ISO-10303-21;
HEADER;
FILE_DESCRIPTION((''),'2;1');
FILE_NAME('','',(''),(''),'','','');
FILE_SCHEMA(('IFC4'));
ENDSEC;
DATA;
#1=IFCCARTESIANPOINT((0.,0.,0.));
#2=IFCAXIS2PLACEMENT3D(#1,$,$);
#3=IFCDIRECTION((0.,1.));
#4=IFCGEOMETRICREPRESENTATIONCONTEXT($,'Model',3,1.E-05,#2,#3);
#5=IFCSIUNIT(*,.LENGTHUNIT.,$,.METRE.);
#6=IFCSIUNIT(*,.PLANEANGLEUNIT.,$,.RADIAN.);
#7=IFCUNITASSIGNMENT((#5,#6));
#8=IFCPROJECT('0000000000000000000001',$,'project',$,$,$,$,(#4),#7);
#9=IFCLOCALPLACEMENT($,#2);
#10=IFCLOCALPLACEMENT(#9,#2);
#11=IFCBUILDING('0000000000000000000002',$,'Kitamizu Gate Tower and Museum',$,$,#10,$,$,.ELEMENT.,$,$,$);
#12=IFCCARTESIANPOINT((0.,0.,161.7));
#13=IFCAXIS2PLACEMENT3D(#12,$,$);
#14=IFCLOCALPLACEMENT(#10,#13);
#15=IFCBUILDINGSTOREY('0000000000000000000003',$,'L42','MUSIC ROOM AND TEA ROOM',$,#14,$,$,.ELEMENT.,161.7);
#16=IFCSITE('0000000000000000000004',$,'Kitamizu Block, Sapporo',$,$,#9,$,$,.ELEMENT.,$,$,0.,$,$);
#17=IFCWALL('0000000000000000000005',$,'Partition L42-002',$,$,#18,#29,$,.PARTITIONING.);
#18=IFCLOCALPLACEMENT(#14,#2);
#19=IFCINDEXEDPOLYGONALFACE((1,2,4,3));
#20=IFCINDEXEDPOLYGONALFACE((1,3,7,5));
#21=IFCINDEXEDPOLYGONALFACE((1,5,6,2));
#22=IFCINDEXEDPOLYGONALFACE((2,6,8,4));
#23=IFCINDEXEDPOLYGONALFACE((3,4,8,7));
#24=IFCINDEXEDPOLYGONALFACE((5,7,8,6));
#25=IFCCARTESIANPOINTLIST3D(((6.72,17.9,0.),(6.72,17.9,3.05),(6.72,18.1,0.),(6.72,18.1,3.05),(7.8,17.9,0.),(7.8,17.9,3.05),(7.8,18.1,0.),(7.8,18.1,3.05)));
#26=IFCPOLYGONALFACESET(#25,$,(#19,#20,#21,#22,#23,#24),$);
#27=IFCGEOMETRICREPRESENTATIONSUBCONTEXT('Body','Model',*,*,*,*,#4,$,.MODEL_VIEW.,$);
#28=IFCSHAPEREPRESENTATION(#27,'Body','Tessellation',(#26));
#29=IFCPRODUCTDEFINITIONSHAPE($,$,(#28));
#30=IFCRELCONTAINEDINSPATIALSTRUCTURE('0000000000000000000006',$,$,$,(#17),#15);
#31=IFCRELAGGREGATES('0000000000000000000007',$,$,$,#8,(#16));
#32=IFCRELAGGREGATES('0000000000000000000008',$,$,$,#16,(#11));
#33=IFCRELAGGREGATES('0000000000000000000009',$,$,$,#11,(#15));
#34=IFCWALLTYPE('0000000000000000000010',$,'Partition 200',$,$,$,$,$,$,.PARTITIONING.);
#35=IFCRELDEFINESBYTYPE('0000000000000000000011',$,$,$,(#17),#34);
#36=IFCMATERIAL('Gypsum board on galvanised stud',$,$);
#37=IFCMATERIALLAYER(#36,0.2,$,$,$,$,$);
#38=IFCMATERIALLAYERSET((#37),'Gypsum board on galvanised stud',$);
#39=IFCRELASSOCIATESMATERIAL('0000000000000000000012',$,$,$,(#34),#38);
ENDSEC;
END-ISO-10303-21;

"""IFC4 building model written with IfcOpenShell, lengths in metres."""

from ifc_helpers import new_model, si_unit, direction, frame, frame_2d, origin, place, context, subcontext, project, spatial, rectangle, extrude, material, layer, layer_set, type_object, element, save


model = new_model("IFC4")

# Units and contexts
model_context = context("Model", 3, precision=1e-05, world=origin(), true_north=direction((0.0, 1.0)))
body_context = subcontext(model_context, "Body", "Model", "MODEL_VIEW")
ifc_project = project(units=[si_unit("LENGTHUNIT", "METRE"), si_unit("PLANEANGLEUNIT", "RADIAN")], contexts=[model_context])

# Site, building, storey
site_placement = place(None, origin())
site = spatial("IfcSite", under=ifc_project, at=site_placement, Name="Kitamizu Block, Sapporo", CompositionType="ELEMENT", RefElevation=0.0)
building_placement = place(site_placement, origin())
building = spatial("IfcBuilding", under=site, at=building_placement, Name="Kitamizu Gate Tower and Museum", CompositionType="ELEMENT")
storey_placement = place(building_placement, frame((0.0, 0.0, 161.7)))
storey = spatial("IfcBuildingStorey", under=building, at=storey_placement, Name="L42", Description="MUSIC ROOM AND TEA ROOM", CompositionType="ELEMENT", Elevation=161.7)

# Wall
ifc_material_1 = material(Name="Gypsum board on galvanised stud")
ifc_layer_1 = layer(ifc_material_1, 0.2)
ifc_layer_set_1 = layer_set([ifc_layer_1], Name="Gypsum board on galvanised stud")
wall_type_1 = type_object("IfcWallType", Name="Partition 200", PredefinedType="PARTITIONING", material=ifc_layer_set_1)
wall_1_placement = place(storey_placement, frame((7.8, 18.0, 0.0), z_axis=(0.0, 0.0, 1.0), x_axis=(-1.0, 0.0, 0.0)))
element("IfcWall", 1, at=wall_1_placement, inside=storey, type_object=wall_type_1, Name="Partition L42-002", PredefinedType="PARTITIONING", context=body_context, shape_type="SweptSolid", body=[
    extrude(rectangle(XDim=1.0801, YDim=0.2, at=frame_2d((0.54, 0.0))), origin(), (0.0, 0.0, 1.0), 3.05),
])

save(model, "model.ifc")
